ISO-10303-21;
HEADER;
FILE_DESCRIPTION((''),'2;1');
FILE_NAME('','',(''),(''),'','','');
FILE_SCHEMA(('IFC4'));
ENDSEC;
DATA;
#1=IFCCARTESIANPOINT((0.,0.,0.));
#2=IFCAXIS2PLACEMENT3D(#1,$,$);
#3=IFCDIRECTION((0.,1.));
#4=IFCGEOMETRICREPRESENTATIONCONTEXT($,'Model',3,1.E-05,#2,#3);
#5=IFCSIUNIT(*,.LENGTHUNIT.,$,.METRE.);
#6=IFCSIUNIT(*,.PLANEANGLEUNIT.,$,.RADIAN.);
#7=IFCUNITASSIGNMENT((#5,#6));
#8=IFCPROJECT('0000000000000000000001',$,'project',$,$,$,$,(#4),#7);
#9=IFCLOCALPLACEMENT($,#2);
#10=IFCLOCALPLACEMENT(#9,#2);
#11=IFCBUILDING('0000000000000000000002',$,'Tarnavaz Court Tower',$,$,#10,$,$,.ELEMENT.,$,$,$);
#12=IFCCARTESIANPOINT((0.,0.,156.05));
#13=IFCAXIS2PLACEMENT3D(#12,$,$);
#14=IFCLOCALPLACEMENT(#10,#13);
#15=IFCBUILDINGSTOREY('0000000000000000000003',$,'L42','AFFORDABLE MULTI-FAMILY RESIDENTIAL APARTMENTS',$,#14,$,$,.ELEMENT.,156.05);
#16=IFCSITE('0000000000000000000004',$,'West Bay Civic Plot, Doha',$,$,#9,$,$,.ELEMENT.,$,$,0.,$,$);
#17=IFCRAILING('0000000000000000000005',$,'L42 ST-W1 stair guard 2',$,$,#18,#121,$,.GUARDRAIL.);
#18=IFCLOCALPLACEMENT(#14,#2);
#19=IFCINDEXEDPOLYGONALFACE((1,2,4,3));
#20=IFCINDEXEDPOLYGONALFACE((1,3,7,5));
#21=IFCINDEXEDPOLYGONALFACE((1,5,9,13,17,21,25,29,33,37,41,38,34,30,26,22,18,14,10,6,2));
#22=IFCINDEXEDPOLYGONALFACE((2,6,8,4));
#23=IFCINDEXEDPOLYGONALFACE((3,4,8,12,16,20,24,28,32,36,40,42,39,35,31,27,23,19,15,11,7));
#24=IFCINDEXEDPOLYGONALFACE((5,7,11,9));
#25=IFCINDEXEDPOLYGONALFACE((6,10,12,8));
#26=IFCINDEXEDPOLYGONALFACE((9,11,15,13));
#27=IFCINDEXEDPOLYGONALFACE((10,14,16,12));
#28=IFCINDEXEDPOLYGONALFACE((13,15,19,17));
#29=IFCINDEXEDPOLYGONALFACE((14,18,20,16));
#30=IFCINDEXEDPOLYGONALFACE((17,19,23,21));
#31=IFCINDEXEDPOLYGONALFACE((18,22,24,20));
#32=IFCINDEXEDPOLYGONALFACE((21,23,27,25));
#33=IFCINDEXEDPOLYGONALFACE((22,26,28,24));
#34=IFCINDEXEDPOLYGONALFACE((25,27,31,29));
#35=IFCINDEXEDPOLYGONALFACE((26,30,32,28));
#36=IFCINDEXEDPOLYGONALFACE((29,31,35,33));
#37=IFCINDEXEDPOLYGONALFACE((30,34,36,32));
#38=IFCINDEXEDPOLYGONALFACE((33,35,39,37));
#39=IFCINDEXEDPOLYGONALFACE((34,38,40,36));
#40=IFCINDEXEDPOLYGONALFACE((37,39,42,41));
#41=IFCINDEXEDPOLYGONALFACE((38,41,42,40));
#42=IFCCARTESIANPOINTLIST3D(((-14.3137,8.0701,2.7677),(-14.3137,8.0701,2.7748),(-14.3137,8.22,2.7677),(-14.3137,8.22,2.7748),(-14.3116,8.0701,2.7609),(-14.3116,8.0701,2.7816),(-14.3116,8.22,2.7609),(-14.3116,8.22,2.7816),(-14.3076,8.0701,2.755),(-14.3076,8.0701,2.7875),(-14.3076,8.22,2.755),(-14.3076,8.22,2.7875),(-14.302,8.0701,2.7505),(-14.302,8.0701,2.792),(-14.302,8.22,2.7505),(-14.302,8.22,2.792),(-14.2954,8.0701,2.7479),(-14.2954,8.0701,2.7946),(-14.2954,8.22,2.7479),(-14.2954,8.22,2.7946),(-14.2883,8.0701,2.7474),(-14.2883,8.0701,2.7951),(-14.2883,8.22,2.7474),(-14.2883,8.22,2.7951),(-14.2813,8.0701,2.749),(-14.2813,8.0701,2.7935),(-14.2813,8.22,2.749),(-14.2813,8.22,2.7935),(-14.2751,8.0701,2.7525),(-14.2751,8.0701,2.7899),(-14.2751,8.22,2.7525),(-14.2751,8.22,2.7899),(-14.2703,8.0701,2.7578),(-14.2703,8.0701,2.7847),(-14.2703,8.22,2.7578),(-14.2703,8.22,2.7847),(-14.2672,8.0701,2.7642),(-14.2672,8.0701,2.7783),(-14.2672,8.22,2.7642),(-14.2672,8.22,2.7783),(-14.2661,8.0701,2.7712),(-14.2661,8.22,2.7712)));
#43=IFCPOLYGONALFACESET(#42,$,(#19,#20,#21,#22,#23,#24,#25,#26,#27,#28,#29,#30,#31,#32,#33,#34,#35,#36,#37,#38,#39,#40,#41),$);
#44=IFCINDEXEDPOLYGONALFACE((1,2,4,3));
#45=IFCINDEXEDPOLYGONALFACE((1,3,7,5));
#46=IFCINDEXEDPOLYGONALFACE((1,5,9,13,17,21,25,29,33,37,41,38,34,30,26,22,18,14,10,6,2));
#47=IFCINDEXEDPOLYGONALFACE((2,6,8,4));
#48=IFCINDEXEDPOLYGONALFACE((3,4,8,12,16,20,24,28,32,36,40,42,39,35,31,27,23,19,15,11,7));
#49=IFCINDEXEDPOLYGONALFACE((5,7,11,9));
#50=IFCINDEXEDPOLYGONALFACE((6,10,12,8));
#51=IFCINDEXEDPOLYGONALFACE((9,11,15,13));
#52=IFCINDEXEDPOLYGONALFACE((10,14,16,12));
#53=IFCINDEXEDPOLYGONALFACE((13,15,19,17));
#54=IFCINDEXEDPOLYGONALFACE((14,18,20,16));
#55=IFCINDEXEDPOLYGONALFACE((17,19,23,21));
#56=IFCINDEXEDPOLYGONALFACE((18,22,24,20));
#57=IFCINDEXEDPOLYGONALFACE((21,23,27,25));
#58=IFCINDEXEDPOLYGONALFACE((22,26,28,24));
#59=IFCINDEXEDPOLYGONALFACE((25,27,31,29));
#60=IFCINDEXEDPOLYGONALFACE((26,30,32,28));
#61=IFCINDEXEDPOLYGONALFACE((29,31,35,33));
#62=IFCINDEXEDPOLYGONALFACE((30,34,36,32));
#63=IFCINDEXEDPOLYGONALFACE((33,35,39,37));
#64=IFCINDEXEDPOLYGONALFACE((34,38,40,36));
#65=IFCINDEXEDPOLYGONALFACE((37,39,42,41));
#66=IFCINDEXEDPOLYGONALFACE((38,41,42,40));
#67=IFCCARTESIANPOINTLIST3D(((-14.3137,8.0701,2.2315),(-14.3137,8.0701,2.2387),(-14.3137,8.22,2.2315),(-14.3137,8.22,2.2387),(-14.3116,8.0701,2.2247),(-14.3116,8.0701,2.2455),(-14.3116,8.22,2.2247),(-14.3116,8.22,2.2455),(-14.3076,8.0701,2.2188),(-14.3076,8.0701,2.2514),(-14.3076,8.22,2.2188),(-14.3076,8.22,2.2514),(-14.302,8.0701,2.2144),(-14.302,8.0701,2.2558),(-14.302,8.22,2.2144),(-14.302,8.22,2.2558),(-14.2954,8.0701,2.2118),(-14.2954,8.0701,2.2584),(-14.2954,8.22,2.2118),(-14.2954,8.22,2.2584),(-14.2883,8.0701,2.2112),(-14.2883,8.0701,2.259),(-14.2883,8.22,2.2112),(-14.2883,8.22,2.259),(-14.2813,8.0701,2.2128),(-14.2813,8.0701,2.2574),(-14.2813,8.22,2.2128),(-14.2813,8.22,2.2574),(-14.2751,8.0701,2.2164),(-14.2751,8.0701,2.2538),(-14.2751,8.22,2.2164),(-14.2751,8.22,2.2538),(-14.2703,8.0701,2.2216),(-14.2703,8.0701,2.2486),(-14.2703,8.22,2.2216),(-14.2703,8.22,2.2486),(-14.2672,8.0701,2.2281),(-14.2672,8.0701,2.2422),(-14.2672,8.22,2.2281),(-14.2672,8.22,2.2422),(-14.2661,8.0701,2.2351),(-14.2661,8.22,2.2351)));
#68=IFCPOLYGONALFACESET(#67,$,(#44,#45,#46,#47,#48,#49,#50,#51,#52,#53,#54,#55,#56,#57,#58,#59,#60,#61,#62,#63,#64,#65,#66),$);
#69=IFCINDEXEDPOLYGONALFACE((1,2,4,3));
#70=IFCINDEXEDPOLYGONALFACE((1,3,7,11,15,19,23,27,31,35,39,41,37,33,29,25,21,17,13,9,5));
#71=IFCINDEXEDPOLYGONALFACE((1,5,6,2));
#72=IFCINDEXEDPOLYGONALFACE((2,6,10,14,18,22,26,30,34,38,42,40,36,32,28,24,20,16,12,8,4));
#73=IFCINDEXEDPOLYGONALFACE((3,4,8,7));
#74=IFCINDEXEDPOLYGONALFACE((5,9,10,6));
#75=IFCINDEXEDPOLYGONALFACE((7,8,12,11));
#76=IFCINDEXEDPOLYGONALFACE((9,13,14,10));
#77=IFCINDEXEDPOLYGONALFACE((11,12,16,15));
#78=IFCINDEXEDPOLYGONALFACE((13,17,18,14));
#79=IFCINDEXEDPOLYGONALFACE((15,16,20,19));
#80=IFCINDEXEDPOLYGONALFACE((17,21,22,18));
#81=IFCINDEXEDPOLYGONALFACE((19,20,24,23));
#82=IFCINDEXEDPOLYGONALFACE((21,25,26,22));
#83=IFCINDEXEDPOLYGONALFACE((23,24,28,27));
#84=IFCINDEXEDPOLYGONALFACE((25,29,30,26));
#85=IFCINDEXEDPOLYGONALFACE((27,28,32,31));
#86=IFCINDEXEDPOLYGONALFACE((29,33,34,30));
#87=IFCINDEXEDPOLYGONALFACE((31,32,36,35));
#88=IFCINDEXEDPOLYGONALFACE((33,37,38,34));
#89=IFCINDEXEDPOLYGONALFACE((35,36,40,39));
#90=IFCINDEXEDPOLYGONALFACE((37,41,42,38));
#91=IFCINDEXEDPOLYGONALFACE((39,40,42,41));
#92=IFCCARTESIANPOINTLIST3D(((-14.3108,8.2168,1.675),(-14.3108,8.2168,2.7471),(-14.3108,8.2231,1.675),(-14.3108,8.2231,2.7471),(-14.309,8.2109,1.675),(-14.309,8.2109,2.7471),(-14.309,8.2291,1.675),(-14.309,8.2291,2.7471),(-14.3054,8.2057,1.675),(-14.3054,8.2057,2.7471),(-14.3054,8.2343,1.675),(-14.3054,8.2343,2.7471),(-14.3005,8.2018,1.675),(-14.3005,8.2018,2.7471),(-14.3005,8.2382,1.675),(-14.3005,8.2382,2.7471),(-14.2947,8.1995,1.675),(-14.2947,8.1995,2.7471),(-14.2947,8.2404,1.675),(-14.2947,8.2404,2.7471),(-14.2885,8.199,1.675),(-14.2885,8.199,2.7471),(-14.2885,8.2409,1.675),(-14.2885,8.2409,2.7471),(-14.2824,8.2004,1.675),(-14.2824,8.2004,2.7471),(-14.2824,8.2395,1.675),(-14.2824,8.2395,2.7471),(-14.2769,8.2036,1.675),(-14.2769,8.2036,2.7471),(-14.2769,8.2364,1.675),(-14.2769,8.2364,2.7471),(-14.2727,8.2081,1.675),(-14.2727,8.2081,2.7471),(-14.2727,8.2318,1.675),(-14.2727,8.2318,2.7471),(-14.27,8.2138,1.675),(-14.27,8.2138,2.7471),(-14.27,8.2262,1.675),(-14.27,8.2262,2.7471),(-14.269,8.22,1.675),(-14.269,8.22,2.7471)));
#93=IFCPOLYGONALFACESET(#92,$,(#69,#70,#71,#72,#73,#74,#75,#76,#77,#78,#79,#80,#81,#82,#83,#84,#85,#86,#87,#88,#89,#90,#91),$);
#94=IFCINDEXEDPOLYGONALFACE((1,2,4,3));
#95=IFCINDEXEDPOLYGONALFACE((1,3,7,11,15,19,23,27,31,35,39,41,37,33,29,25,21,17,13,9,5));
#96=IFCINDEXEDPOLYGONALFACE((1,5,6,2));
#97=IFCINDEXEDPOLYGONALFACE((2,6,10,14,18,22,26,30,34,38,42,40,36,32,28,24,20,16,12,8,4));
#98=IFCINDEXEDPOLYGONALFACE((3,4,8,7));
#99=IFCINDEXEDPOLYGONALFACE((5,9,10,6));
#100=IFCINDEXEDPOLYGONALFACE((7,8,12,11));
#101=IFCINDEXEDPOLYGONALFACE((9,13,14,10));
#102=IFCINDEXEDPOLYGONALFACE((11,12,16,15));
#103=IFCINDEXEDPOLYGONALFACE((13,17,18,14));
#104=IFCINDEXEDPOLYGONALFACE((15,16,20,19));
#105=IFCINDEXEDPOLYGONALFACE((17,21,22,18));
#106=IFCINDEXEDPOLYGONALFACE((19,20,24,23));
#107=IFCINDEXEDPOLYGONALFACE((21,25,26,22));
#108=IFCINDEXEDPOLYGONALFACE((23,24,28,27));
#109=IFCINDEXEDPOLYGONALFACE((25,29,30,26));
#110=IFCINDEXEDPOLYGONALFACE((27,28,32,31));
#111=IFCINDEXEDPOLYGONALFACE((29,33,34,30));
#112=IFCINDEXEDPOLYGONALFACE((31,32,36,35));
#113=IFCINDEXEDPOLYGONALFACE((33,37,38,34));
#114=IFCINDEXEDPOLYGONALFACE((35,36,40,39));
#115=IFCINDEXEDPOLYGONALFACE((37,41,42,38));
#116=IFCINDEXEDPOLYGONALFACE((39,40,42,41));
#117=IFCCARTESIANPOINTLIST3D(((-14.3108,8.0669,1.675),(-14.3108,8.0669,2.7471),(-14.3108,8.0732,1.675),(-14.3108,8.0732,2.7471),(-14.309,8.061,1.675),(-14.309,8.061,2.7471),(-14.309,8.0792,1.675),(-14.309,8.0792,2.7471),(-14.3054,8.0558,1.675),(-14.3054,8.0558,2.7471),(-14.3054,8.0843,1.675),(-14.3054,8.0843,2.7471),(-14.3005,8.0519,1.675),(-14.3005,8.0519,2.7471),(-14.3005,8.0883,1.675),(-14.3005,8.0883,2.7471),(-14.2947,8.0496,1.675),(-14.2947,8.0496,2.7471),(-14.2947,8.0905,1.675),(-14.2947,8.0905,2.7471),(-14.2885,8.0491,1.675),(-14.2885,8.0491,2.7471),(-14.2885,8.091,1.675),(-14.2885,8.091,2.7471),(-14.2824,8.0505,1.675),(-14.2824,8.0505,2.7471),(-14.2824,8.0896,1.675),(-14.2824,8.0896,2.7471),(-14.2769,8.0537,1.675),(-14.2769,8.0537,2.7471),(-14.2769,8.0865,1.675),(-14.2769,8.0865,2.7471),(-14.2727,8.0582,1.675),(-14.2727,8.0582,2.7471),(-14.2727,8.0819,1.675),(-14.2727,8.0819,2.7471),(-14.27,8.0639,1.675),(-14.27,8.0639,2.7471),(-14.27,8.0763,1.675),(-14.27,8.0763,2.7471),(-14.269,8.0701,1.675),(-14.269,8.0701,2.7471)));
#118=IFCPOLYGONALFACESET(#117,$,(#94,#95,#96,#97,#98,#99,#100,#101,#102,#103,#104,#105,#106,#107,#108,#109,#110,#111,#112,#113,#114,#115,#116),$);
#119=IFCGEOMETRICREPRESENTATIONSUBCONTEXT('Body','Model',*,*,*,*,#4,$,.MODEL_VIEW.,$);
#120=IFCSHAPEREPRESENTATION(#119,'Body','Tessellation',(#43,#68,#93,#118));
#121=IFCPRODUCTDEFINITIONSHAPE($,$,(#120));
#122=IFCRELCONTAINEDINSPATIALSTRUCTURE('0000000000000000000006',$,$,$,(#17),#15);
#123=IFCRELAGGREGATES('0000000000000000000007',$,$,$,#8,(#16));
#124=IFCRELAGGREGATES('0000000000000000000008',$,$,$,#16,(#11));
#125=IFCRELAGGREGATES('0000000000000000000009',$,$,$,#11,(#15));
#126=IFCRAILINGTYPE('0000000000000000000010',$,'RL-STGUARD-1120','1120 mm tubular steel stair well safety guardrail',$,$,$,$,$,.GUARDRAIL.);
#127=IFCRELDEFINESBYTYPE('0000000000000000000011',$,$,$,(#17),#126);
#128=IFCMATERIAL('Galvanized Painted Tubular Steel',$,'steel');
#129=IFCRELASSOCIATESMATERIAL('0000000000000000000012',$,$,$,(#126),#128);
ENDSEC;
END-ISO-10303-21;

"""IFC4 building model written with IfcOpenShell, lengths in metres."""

from ifc_helpers import new_model, si_unit, direction, frame, origin, origin_2d, place, context, subcontext, project, spatial, circle, extrude, material, type_object, element, save


model = new_model("IFC4")

# Units and contexts
model_context = context("Model", 3, precision=1e-05, world=origin(), true_north=direction((0.0, 1.0)))
body_context = subcontext(model_context, "Body", "Model", "MODEL_VIEW")
ifc_project = project(units=[si_unit("LENGTHUNIT", "METRE"), si_unit("PLANEANGLEUNIT", "RADIAN")], contexts=[model_context])

# Site, building, storey
site_placement = place(None, origin())
site = spatial("IfcSite", under=ifc_project, at=site_placement, Name="West Bay Civic Plot, Doha", CompositionType="ELEMENT", RefElevation=0.0)
building_placement = place(site_placement, origin())
building = spatial("IfcBuilding", under=site, at=building_placement, Name="Tarnavaz Court Tower", CompositionType="ELEMENT")
storey_placement = place(building_placement, frame((0.0, 0.0, 156.05)))
storey = spatial("IfcBuildingStorey", under=building, at=storey_placement, Name="L42", Description="AFFORDABLE MULTI-FAMILY RESIDENTIAL APARTMENTS", CompositionType="ELEMENT", Elevation=156.05)

# Railing
ifc_material_1 = material(Name="Galvanized Painted Tubular Steel", Category="steel")
railing_type_1 = type_object("IfcRailingType", Name="RL-STGUARD-1120", Description="1120 mm tubular steel stair well safety guardrail", PredefinedType="GUARDRAIL", material=ifc_material_1)
railing_1_placement = place(storey_placement, frame((-14.29, 8.22, 1.675)))
element("IfcRailing", 1, at=railing_1_placement, inside=storey, type_object=railing_type_1, Name="L42 ST-W1 stair guard 2", PredefinedType="GUARDRAIL", context=body_context, shape_type="SweptSolid", body=[
    extrude(circle(Radius=0.0239, at=origin_2d()), frame((0.0, 0.0, 1.0962), z_axis=(0.0, -1.0, 0.0), x_axis=(1.0, 0.0, 0.0)), (0.0, 0.0, 1.0), 0.1499),
    extrude(circle(Radius=0.0239, at=origin_2d()), frame((0.0, 0.0, 0.5601), z_axis=(0.0, -1.0, 0.0), x_axis=(1.0, 0.0, 0.0)), (0.0, 0.0, 1.0), 0.1499),
    extrude(circle(Radius=0.021, at=origin_2d()), origin(), (0.0, 0.0, 1.0), 1.072),
    extrude(circle(Radius=0.021, at=origin_2d()), frame((0.0, -0.1499, 0.0)), (0.0, 0.0, 1.0), 1.072),
])

save(model, "model.ifc")
